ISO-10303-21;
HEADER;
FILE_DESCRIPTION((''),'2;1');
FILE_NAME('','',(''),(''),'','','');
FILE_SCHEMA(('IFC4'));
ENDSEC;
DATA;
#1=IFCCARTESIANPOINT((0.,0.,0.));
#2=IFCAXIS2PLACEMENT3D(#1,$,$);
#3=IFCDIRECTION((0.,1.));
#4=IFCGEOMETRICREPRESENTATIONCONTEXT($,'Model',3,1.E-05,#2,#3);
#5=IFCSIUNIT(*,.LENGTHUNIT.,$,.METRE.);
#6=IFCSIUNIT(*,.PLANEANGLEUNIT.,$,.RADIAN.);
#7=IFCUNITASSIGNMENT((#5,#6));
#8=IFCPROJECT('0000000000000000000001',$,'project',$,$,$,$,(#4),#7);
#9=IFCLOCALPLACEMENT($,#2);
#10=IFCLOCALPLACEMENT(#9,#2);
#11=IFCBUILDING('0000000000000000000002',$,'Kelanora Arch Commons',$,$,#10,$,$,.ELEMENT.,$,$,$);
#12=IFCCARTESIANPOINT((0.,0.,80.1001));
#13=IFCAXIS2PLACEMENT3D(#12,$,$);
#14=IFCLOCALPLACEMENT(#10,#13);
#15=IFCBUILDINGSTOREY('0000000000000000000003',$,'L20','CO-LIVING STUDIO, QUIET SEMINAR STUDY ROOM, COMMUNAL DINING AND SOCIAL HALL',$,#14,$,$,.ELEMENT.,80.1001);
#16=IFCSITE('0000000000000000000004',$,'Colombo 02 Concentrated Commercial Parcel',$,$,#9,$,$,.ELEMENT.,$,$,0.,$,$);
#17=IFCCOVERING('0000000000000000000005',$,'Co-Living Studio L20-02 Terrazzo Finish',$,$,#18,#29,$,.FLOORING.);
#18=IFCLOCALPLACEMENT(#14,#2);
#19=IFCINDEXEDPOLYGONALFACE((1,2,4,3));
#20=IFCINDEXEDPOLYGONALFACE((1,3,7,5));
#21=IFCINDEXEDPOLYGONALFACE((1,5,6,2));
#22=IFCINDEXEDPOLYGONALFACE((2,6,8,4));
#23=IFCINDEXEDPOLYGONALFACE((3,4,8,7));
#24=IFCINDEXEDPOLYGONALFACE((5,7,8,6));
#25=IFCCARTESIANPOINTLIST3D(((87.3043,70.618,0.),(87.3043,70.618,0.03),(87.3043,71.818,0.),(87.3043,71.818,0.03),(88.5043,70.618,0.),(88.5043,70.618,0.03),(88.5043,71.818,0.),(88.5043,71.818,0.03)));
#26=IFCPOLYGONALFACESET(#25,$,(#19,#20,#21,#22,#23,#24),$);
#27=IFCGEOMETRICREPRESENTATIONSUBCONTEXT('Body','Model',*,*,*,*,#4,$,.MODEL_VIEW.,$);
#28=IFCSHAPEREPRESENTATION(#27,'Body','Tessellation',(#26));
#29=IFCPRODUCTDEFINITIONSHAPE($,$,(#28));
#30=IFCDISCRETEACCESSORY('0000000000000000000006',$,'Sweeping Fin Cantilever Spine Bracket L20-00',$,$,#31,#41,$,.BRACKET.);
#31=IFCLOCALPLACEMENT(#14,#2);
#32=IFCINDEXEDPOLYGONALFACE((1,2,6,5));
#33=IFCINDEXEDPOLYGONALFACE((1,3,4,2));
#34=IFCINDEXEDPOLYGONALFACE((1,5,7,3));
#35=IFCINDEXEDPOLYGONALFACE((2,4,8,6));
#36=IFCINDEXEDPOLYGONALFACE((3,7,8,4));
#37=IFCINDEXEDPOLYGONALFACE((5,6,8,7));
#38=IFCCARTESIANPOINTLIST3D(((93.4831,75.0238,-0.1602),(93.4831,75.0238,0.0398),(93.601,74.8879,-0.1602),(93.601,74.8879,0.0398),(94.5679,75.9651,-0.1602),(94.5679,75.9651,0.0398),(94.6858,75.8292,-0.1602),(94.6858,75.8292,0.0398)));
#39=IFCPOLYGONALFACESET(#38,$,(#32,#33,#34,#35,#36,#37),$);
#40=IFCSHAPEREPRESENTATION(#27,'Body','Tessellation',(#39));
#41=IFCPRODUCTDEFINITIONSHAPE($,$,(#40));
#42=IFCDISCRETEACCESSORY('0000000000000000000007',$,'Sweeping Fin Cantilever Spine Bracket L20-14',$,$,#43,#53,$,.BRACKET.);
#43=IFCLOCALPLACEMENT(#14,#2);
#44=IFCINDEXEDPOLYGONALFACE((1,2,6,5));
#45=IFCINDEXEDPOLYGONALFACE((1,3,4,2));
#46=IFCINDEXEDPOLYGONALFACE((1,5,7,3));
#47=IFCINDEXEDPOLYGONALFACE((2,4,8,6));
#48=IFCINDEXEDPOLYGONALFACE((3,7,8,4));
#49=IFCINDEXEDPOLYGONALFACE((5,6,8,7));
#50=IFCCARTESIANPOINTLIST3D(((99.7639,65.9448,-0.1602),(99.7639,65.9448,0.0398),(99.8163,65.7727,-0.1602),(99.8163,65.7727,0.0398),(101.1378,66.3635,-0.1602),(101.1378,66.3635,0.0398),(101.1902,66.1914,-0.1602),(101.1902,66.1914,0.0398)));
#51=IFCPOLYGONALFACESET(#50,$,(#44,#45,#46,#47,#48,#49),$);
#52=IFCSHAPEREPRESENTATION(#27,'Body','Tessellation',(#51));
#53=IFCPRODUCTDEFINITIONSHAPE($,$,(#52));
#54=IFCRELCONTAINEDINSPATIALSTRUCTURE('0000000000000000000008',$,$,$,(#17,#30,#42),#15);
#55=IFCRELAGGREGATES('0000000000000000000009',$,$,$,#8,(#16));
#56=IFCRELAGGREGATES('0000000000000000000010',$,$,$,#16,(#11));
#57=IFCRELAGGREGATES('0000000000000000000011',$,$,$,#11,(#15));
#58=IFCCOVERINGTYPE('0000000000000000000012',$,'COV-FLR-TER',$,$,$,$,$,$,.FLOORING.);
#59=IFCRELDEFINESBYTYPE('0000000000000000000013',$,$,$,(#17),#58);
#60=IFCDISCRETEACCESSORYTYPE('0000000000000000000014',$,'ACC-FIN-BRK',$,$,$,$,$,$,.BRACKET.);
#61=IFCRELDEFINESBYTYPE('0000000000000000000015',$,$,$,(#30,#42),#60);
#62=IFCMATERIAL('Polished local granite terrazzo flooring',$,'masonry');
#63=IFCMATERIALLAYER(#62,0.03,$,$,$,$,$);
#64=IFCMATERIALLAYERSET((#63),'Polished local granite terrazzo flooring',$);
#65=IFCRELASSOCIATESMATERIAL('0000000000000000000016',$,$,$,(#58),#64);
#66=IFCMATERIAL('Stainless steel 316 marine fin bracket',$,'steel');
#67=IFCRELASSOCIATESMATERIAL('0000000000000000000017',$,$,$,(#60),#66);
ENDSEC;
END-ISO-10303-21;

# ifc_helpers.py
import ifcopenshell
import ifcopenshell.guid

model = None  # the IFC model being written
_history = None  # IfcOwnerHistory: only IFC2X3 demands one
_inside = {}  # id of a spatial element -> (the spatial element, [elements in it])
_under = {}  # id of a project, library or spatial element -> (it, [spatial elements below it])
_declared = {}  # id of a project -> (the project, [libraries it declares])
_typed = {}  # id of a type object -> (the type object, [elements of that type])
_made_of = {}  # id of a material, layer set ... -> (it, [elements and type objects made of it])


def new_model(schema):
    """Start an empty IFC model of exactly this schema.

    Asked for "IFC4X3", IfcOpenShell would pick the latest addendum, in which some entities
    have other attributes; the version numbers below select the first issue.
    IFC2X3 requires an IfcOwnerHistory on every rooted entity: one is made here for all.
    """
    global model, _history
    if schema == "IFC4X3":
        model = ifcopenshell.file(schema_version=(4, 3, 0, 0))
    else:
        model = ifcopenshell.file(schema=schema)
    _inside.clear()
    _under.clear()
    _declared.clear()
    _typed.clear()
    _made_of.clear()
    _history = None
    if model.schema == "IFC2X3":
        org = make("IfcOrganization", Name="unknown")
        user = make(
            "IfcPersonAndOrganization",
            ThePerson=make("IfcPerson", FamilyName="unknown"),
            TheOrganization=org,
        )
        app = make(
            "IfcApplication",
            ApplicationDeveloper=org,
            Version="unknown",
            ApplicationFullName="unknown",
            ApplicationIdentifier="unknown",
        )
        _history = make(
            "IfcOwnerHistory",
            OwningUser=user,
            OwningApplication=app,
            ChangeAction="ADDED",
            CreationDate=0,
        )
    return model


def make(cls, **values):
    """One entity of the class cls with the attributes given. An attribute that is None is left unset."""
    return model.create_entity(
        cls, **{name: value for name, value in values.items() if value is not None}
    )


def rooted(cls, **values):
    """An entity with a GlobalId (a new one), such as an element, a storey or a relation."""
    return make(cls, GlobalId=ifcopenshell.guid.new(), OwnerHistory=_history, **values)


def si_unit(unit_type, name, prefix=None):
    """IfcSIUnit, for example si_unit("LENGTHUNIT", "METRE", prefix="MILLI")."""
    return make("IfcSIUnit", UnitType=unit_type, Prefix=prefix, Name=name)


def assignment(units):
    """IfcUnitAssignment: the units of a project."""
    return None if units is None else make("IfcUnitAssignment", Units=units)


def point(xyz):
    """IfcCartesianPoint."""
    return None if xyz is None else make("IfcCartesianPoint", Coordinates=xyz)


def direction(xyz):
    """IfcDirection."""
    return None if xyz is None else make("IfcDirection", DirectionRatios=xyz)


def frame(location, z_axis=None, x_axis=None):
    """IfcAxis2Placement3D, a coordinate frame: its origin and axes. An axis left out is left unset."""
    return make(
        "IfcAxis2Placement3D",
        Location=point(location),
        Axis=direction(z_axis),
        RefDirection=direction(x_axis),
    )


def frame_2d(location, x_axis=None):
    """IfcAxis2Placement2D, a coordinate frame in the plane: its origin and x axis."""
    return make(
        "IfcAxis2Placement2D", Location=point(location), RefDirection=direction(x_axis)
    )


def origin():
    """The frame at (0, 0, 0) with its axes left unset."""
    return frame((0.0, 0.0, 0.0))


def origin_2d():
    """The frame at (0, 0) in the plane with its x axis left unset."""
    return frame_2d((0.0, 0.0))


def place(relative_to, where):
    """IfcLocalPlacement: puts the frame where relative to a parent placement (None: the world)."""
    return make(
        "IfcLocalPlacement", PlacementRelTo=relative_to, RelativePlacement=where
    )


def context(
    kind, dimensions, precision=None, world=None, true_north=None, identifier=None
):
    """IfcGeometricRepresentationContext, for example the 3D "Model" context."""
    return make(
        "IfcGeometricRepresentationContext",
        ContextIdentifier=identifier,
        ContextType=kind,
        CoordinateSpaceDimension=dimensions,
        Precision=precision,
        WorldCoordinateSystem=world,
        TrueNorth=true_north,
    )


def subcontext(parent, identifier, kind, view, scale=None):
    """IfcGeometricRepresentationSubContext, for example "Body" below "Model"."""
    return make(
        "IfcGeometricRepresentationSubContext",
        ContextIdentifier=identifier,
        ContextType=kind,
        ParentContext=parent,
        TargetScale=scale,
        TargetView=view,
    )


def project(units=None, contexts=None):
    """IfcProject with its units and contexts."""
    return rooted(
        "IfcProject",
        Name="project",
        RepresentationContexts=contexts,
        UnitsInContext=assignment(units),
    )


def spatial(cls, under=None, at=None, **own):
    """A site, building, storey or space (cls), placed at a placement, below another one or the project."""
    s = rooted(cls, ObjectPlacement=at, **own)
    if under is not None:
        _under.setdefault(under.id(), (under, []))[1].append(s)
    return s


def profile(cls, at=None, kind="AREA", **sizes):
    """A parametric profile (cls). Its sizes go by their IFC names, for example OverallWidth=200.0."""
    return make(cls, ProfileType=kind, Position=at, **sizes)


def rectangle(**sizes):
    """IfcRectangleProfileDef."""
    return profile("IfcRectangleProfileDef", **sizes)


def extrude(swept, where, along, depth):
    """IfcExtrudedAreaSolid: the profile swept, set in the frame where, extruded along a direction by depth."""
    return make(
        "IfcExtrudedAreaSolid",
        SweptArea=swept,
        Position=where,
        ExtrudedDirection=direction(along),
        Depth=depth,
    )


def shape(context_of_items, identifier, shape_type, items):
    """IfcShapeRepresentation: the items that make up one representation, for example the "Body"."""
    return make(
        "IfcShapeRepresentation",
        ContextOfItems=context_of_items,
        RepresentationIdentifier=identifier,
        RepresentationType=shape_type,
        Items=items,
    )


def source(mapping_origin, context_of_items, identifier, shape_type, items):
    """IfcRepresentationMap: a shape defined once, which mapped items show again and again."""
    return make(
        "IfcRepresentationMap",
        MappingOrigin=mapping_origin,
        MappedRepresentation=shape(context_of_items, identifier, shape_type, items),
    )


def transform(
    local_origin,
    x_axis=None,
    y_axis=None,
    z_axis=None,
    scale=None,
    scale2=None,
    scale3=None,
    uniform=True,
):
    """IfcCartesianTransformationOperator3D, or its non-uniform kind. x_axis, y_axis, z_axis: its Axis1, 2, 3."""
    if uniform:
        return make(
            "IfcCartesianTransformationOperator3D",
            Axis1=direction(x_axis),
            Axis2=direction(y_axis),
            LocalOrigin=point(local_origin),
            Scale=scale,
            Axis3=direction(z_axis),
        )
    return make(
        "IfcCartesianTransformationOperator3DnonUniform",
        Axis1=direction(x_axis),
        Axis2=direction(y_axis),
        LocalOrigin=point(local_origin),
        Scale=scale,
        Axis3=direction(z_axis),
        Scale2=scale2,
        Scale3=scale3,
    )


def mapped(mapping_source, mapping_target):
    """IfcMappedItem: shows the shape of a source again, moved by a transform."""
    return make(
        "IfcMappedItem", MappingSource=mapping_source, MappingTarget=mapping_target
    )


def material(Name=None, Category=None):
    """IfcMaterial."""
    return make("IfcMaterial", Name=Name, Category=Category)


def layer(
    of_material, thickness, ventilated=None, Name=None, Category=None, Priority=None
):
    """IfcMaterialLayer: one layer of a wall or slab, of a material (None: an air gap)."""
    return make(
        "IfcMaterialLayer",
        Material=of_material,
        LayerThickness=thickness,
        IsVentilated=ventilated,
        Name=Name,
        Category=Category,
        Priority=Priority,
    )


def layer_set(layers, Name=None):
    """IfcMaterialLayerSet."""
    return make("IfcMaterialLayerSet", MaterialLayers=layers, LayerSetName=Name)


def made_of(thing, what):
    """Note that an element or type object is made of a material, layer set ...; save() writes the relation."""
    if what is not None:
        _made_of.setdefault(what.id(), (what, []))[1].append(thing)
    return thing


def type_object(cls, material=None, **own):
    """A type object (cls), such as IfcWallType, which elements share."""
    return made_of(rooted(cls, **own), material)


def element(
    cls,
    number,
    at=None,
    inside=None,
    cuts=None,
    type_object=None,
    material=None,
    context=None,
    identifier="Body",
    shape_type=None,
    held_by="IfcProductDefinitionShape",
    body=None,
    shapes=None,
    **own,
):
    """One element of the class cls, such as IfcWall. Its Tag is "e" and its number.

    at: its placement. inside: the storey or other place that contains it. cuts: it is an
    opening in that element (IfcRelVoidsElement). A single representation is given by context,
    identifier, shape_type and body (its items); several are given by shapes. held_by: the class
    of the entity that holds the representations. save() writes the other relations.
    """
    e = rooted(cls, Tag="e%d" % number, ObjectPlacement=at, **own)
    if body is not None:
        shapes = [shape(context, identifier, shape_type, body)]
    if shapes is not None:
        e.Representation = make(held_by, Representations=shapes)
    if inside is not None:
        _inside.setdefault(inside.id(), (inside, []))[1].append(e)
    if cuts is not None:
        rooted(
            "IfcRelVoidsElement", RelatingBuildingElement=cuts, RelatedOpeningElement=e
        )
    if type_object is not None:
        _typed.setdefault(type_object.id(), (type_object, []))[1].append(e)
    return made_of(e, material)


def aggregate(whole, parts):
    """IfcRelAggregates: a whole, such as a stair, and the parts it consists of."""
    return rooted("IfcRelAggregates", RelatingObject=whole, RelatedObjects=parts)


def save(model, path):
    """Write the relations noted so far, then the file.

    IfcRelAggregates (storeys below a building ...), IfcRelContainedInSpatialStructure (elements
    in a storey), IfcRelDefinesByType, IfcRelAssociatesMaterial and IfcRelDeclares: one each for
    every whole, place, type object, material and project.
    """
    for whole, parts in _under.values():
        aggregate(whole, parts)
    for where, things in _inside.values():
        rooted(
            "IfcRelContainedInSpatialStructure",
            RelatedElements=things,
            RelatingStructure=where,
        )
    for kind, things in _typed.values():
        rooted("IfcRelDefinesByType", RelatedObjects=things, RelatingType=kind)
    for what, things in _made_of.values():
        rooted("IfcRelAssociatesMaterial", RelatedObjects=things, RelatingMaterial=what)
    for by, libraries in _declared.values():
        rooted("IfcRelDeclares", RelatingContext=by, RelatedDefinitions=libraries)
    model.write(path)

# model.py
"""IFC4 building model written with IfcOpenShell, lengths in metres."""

from ifc_helpers import new_model, si_unit, direction, frame, origin, origin_2d, place, context, subcontext, project, spatial, rectangle, extrude, source, transform, mapped, material, layer, layer_set, type_object, element, save


model = new_model("IFC4")

# Units and contexts
model_context = context("Model", 3, precision=1e-05, world=origin(), true_north=direction((0.0, 1.0)))
body_context = subcontext(model_context, "Body", "Model", "MODEL_VIEW")
ifc_project = project(units=[si_unit("LENGTHUNIT", "METRE"), si_unit("PLANEANGLEUNIT", "RADIAN")], contexts=[model_context])

# Site, building, storey
site_placement = place(None, origin())
site = spatial("IfcSite", under=ifc_project, at=site_placement, Name="Colombo 02 Concentrated Commercial Parcel", CompositionType="ELEMENT", RefElevation=0.0)
building_placement = place(site_placement, origin())
building = spatial("IfcBuilding", under=site, at=building_placement, Name="Kelanora Arch Commons", CompositionType="ELEMENT")
storey_placement = place(building_placement, frame((0.0, 0.0, 80.1001)))
storey = spatial("IfcBuildingStorey", under=building, at=storey_placement, Name="L20", Description="CO-LIVING STUDIO, QUIET SEMINAR STUDY ROOM, COMMUNAL DINING AND SOCIAL HALL", CompositionType="ELEMENT", Elevation=80.1001)

# Covering
ifc_material_1 = material(Name="Polished local granite terrazzo flooring", Category="masonry")
ifc_layer_1 = layer(ifc_material_1, 0.03)
ifc_layer_set_1 = layer_set([ifc_layer_1], Name="Polished local granite terrazzo flooring")
covering_type = type_object("IfcCoveringType", Name="COV-FLR-TER", PredefinedType="FLOORING", material=ifc_layer_set_1)
shared_shape_1 = source(origin(), body_context, "Body", "SweptSolid", [
    extrude(rectangle(XDim=1.2, YDim=1.2, at=origin_2d()), origin(), (0.0, 0.0, 1.0), 0.03),
])
covering_placement = place(storey_placement, frame((87.9043, 71.218, 0.0), z_axis=(0.0, 0.0, 1.0), x_axis=(1.0, 0.0, 0.0)))
element("IfcCovering", 1, at=covering_placement, inside=storey, type_object=covering_type, Name="Co-Living Studio L20-02 Terrazzo Finish", PredefinedType="FLOORING", context=body_context, shape_type="MappedRepresentation", body=[
    mapped(shared_shape_1, transform((0.0, 0.0, 0.0), scale=1.0)),
])

# Discrete accessories
ifc_material_2 = material(Name="Stainless steel 316 marine fin bracket", Category="steel")
discrete_accessory_type = type_object("IfcDiscreteAccessoryType", Name="ACC-FIN-BRK", PredefinedType="BRACKET", material=ifc_material_2)
shared_shape_2 = source(origin(), body_context, "Body", "SweptSolid", [
    extrude(rectangle(XDim=1.4363, YDim=0.1799, at=origin_2d()), origin(), (0.0, 0.0, 1.0), 0.2),
])
for number, where, z_axis, x_axis, name in (
    (2, (94.0845, 75.4265, -0.1602), (0.0, 0.0, 1.0), (0.755282, 0.6554, 0.0), "Sweeping Fin Cantilever Spine Bracket L20-00"),
    (3, (100.4771, 66.0681, -0.1602), (0.0, 0.0, 1.0), (0.95656, 0.291537, 0.0), "Sweeping Fin Cantilever Spine Bracket L20-14"),
):
    element("IfcDiscreteAccessory", number, at=place(storey_placement, frame(where, z_axis=z_axis, x_axis=x_axis)), inside=storey, type_object=discrete_accessory_type, Name=name, PredefinedType="BRACKET", context=body_context, shape_type="MappedRepresentation", body=[
        mapped(shared_shape_2, transform((0.0, 0.0, 0.0), scale=1.0)),
    ])

save(model, "model.ifc")
